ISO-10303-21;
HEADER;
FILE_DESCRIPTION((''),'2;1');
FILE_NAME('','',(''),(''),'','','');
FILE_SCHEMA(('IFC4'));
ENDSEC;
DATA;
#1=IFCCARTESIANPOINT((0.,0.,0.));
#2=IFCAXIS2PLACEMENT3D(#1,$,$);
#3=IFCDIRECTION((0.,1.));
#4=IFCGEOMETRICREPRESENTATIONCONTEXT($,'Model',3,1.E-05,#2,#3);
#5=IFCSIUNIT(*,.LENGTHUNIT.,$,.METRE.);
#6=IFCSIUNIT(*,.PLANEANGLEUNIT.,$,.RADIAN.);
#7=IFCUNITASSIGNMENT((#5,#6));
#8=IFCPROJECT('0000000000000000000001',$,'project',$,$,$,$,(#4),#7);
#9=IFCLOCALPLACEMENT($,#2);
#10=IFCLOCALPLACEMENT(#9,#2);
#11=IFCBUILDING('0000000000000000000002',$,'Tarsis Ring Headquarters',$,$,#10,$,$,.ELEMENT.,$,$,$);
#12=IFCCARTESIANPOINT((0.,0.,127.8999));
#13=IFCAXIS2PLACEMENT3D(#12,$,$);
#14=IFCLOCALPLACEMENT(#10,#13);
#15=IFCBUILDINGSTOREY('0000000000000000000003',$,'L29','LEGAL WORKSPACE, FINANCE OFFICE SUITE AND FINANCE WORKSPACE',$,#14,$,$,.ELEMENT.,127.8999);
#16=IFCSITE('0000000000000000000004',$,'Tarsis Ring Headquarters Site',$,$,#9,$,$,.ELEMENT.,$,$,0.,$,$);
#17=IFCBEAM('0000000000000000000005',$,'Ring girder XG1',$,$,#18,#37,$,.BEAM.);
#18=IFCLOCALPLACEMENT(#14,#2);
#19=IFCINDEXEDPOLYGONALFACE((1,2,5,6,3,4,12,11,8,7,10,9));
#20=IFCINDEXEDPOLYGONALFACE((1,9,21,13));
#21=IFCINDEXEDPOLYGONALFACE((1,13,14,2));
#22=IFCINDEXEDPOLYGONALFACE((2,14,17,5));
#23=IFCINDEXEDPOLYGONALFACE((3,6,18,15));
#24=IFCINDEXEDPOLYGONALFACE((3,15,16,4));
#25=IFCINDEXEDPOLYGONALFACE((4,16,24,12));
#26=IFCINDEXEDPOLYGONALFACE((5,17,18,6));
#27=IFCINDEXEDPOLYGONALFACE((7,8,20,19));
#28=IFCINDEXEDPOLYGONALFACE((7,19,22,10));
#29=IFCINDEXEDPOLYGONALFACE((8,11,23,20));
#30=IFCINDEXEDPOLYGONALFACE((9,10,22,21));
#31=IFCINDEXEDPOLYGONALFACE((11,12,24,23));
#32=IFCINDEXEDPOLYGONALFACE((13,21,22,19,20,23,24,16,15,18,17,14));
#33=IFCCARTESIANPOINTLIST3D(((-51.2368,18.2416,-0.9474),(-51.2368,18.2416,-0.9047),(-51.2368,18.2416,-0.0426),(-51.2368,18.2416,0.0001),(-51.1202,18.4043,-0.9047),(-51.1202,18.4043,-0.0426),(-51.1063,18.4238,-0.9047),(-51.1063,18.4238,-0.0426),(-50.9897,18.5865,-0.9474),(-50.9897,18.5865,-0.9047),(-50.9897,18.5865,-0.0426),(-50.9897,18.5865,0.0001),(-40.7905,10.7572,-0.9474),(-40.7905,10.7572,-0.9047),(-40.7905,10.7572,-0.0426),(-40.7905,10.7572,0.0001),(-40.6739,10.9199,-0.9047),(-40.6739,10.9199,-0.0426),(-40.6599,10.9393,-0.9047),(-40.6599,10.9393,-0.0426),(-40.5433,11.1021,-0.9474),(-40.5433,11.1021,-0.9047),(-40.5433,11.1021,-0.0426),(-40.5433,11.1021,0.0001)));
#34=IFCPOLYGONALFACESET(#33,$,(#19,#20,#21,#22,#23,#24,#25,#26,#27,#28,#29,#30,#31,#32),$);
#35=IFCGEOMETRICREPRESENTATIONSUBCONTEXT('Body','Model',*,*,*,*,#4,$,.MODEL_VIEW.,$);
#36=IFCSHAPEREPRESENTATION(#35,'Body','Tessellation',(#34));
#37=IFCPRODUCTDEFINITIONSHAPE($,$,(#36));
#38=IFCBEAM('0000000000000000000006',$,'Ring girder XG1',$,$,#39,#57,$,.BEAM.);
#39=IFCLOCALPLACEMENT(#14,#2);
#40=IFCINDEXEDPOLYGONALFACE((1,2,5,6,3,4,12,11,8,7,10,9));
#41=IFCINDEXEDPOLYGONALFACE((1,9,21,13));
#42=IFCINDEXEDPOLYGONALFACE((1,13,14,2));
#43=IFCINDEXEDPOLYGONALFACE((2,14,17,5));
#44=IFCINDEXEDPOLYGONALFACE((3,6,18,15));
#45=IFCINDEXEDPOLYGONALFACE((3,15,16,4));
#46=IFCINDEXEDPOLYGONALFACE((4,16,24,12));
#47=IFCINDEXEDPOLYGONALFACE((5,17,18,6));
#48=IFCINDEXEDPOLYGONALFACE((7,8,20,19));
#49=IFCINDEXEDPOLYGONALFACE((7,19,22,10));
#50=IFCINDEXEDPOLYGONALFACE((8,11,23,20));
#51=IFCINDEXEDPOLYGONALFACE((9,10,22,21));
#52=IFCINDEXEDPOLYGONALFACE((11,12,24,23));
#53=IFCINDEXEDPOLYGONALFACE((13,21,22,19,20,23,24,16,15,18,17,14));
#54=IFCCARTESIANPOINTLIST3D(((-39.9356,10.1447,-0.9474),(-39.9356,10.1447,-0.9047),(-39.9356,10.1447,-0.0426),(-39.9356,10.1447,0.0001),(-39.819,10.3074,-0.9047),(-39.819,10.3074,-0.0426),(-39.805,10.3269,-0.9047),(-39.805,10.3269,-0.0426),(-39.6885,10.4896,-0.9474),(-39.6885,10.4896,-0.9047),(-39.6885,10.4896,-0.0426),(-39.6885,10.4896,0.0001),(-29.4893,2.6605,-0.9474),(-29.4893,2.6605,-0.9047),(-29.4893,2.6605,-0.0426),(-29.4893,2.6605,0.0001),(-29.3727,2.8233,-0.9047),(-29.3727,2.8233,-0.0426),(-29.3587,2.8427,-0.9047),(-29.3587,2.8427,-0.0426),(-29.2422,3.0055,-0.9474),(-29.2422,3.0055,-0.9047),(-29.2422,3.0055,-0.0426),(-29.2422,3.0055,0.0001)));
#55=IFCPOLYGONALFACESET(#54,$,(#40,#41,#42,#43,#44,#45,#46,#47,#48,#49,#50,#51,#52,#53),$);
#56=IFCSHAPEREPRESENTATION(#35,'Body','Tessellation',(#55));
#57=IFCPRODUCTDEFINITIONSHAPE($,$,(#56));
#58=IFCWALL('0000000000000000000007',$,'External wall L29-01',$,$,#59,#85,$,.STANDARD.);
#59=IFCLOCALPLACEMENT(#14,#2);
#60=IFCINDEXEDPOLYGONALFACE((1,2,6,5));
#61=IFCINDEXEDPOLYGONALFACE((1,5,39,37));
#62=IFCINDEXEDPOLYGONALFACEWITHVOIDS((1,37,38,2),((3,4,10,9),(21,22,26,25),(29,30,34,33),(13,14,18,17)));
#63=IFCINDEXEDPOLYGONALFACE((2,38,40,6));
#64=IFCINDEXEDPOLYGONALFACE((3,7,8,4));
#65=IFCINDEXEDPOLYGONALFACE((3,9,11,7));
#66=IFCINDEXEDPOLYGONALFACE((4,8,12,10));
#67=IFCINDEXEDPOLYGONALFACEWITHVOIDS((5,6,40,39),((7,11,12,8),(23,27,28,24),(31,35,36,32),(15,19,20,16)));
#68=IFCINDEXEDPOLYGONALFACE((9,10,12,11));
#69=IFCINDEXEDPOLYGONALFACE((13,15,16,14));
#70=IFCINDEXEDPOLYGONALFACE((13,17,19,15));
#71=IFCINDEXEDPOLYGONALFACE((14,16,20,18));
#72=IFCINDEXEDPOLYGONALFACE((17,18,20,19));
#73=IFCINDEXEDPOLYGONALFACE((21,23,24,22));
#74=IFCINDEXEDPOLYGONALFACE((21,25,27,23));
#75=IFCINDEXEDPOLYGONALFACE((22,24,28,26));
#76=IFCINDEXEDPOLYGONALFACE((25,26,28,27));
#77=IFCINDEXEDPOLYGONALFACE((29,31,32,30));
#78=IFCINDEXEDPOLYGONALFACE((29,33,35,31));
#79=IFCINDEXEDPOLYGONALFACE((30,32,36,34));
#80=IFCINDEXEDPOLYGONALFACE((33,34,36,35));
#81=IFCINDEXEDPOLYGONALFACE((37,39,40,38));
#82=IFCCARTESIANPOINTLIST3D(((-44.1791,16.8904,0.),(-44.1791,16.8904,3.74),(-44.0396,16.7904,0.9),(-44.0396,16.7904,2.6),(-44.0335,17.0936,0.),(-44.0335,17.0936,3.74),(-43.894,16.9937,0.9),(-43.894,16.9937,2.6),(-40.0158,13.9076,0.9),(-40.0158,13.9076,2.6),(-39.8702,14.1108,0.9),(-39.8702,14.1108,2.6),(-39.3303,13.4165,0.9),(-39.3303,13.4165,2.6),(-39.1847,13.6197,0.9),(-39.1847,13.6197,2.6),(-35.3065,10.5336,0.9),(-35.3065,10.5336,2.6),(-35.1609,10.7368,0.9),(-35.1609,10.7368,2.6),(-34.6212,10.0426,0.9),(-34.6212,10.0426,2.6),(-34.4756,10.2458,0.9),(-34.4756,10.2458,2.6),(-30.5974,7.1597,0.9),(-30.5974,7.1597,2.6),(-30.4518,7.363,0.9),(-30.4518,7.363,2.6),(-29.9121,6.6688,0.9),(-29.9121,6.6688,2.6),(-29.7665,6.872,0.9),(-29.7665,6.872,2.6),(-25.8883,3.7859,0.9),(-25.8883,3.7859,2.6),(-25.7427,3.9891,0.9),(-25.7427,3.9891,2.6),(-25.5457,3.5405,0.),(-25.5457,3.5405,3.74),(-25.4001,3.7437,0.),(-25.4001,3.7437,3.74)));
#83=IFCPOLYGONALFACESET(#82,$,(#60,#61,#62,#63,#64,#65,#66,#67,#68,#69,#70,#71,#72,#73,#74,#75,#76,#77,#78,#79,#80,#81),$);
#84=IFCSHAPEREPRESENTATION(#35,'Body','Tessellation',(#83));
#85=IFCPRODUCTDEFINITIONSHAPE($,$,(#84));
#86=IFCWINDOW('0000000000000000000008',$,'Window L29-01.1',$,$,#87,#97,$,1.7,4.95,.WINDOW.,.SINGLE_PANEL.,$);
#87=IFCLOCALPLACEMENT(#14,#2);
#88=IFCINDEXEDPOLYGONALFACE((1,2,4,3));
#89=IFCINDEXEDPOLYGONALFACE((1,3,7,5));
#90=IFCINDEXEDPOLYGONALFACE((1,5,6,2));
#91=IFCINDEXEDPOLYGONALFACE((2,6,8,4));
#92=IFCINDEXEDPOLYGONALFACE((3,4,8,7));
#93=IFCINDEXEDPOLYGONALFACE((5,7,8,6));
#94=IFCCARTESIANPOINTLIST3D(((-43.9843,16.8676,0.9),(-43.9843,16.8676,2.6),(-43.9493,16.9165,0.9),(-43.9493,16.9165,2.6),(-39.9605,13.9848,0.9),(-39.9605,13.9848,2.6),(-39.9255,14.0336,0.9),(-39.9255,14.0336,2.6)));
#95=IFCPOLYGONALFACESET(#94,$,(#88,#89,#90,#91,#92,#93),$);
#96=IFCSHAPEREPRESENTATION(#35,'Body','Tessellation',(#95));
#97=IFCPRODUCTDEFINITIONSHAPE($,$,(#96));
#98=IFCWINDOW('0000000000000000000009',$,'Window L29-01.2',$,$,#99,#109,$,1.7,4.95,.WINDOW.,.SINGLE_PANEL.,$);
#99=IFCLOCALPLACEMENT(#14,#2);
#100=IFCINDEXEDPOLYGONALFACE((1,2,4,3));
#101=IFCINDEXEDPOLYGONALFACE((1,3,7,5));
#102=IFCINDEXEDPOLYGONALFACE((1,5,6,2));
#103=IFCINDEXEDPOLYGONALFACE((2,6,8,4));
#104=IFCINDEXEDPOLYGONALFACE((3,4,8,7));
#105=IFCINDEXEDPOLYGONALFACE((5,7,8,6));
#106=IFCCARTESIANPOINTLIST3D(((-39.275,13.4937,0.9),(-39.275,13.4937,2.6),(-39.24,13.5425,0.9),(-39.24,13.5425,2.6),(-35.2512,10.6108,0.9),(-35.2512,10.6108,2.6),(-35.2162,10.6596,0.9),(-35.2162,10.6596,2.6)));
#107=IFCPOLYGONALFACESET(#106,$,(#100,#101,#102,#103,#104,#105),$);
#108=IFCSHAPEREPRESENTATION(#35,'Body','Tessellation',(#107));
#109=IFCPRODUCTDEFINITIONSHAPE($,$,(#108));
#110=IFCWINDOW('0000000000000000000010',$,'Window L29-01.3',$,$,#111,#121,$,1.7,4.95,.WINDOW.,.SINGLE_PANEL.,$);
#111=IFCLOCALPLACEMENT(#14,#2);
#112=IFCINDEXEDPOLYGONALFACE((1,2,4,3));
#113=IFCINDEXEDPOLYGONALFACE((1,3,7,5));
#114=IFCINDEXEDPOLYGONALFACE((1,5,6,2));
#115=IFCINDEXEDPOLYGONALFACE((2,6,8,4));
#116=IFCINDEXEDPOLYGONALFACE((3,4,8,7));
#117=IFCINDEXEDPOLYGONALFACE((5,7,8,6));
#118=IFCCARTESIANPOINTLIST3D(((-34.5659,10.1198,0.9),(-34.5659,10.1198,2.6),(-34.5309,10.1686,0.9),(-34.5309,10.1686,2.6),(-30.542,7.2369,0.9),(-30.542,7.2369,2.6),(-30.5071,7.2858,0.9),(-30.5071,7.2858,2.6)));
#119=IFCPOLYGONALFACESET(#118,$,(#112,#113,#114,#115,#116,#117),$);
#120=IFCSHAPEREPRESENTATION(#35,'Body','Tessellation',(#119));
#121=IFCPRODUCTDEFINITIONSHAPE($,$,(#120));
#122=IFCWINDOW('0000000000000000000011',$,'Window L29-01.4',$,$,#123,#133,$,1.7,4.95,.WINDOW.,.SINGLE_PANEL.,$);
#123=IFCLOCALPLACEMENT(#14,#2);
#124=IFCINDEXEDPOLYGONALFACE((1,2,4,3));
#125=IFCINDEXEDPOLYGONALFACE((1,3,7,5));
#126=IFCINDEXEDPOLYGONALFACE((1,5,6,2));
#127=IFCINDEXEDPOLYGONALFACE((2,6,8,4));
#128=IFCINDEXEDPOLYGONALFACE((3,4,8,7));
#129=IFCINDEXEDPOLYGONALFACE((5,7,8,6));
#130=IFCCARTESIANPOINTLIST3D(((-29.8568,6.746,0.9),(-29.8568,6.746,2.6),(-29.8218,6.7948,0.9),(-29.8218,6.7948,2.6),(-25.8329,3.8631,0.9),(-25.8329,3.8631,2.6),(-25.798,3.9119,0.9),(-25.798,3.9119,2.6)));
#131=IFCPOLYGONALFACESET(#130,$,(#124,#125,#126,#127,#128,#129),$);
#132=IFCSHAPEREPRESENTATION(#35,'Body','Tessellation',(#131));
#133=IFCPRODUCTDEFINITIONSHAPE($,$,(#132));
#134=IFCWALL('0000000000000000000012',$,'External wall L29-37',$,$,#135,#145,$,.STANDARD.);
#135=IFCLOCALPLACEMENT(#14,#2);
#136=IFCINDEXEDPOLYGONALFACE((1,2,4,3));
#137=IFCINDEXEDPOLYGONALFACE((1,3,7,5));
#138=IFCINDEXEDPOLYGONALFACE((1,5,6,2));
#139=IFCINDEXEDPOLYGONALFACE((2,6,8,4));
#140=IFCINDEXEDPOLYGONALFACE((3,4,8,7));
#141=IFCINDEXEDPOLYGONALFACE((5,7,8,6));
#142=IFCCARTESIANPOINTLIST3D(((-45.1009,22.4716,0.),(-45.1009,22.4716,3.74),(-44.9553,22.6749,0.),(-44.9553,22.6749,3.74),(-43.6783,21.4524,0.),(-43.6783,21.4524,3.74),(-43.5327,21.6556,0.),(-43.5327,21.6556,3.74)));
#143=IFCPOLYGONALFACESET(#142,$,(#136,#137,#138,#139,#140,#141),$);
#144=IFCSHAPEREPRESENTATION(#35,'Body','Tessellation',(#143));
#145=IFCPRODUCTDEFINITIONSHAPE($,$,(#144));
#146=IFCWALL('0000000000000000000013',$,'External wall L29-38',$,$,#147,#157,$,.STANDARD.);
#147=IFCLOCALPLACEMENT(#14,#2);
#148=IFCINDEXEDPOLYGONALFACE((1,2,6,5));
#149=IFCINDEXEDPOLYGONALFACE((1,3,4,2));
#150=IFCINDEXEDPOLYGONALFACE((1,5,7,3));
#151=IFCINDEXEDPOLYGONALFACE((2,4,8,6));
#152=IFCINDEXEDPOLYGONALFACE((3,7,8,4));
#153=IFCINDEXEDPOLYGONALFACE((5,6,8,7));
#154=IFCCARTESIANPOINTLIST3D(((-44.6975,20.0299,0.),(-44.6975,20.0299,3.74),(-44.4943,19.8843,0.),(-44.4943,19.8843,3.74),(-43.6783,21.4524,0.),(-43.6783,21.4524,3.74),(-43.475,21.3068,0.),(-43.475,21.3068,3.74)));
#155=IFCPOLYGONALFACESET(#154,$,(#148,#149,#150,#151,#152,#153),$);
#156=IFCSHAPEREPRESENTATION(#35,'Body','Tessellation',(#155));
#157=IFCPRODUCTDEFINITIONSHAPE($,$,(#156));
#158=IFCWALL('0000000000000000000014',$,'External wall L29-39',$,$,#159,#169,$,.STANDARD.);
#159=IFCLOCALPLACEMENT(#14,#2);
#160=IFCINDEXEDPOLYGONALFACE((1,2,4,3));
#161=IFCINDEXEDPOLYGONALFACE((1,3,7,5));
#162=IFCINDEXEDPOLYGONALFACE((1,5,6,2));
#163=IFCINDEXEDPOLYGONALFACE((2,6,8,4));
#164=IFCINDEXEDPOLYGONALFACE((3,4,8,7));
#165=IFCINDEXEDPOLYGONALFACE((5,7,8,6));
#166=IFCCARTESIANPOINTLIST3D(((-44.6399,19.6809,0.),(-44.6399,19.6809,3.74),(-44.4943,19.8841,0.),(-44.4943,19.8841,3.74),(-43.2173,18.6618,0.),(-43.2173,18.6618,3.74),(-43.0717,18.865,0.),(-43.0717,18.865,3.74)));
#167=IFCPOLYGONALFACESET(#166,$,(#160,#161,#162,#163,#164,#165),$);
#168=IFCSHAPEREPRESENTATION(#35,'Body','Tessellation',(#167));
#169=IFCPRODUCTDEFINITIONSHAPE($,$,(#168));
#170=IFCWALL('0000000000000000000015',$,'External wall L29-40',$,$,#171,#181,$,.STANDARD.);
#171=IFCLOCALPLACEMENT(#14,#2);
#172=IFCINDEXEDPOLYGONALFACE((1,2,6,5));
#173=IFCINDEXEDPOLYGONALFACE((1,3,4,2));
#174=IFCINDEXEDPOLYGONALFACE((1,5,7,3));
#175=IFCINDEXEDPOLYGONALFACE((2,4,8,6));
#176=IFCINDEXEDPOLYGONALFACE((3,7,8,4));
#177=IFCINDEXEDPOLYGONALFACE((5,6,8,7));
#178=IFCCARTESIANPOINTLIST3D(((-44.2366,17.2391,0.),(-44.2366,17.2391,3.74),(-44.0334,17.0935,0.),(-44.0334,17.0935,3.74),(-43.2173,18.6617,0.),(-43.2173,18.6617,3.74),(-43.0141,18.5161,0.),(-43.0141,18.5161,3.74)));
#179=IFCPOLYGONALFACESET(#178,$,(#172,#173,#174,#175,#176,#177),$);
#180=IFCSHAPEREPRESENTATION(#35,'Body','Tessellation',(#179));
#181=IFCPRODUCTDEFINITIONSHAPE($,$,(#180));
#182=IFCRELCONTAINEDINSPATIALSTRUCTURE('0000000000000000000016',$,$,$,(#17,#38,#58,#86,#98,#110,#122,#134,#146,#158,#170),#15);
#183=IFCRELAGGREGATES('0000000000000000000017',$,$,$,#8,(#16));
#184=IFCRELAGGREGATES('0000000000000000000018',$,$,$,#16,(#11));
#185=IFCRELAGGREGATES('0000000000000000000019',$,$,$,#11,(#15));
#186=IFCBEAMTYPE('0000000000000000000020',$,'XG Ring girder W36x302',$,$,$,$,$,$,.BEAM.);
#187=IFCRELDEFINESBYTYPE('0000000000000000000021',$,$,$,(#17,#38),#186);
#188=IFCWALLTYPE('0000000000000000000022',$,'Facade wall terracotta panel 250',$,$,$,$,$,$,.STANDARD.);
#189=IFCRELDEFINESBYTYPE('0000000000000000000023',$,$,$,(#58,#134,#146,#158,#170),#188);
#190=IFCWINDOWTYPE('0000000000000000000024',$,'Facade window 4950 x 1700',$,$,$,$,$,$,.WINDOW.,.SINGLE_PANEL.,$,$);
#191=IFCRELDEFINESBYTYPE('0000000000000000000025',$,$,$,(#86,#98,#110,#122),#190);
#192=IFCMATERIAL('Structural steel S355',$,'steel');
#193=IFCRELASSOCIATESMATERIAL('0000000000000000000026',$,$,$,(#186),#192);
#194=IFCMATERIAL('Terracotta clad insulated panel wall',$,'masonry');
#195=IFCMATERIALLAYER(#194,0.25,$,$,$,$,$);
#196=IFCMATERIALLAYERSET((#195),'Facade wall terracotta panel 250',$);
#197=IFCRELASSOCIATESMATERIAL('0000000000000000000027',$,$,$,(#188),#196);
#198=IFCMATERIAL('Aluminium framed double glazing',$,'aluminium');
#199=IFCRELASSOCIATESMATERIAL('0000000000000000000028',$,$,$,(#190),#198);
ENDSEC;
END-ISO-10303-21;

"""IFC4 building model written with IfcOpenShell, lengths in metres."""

from ifc_helpers import new_model, si_unit, direction, frame, frame_2d, origin, origin_2d, place, context, subcontext, project, spatial, rectangle, i_section, extrude, material, layer, layer_set, material_profile, profile_set, type_object, element, fill, save


model = new_model("IFC4")

# Units and contexts
model_context = context("Model", 3, precision=1e-05, world=origin(), true_north=direction((0.0, 1.0)))
body_context = subcontext(model_context, "Body", "Model", "MODEL_VIEW")
ifc_project = project(units=[si_unit("LENGTHUNIT", "METRE"), si_unit("PLANEANGLEUNIT", "RADIAN")], contexts=[model_context])

# Site, building, storey
site_placement = place(None, origin())
site = spatial("IfcSite", under=ifc_project, at=site_placement, Name="Tarsis Ring Headquarters Site", CompositionType="ELEMENT", RefElevation=0.0)
building_placement = place(site_placement, origin())
building = spatial("IfcBuilding", under=site, at=building_placement, Name="Tarsis Ring Headquarters", CompositionType="ELEMENT")
storey_placement = place(building_placement, frame((0.0, 0.0, 127.8999)))
storey = spatial("IfcBuildingStorey", under=building, at=storey_placement, Name="L29", Description="LEGAL WORKSPACE, FINANCE OFFICE SUITE AND FINANCE WORKSPACE", CompositionType="ELEMENT", Elevation=127.8999)

# Shared definitions
ifc_material_1 = material(Name="Structural steel S355", Category="steel")

# Beams
ifc_material_profile_1 = material_profile(ifc_material_1, i_section(OverallWidth=0.4243, OverallDepth=0.9475, WebThickness=0.0239, FlangeThickness=0.0427, at=origin_2d()), Name="W36x302")
ifc_profile_set_1 = profile_set([ifc_material_profile_1], Name="Structural steel S355")
beam_type = type_object("IfcBeamType", Name="XG Ring girder W36x302", PredefinedType="BEAM", material=ifc_profile_set_1)
beam_1_placement = place(storey_placement, frame((-51.1133, 18.4141, -0.4736), z_axis=(0.812896, -0.582409, 0.0), x_axis=(0.582409, 0.812896, 0.0)))
element("IfcBeam", 1, at=beam_1_placement, inside=storey, type_object=beam_type, Name="Ring girder XG1", PredefinedType="BEAM", context=body_context, shape_type="SweptSolid", body=[
    extrude(i_section(OverallWidth=0.4243, OverallDepth=0.9475, WebThickness=0.0239, FlangeThickness=0.0427, at=origin_2d()), origin(), (0.0, 0.0, 1.0), 12.8508),
])
beam_2_placement = place(storey_placement, frame((-39.812, 10.3171, -0.4736), z_axis=(0.812905, -0.582397, 0.0), x_axis=(0.582397, 0.812905, 0.0)))
element("IfcBeam", 2, at=beam_2_placement, inside=storey, type_object=beam_type, Name="Ring girder XG1", PredefinedType="BEAM", context=body_context, shape_type="SweptSolid", body=[
    extrude(i_section(OverallWidth=0.4243, OverallDepth=0.9475, WebThickness=0.0239, FlangeThickness=0.0427, at=origin_2d()), origin(), (0.0, 0.0, 1.0), 12.8506),
])

# Wall, openings, windows
ifc_material_2 = material(Name="Terracotta clad insulated panel wall", Category="masonry")
ifc_layer = layer(ifc_material_2, 0.25)
ifc_layer_set = layer_set([ifc_layer], Name="Facade wall terracotta panel 250")
wall_type = type_object("IfcWallType", Name="Facade wall terracotta panel 250", PredefinedType="STANDARD", material=ifc_layer_set)
wall_placement = place(storey_placement, frame((-44.1062, 16.9919, 0.0), z_axis=(0.0, 0.0, 1.0), x_axis=(0.8129, -0.582403, 0.0)))
wall = element("IfcWall", 3, at=wall_placement, inside=storey, type_object=wall_type, Name="External wall L29-01", PredefinedType="STANDARD", context=body_context, shape_type="SweptSolid", body=[
    extrude(rectangle(XDim=22.9221, YDim=0.25, at=frame_2d((11.4609, 0.0))), origin(), (0.0, 0.0, 1.0), 3.74),
])
opening_1_placement = place(wall_placement, frame((0.1714, 0.0, 0.8999)))
opening_1 = element("IfcOpeningElement", 4, at=opening_1_placement, cuts=wall, PredefinedType="OPENING", context=body_context, shape_type="SweptSolid", body=[
    extrude(rectangle(XDim=4.95, YDim=1.7, at=frame_2d((2.4751, 0.8501))), frame((0.0, 0.135, 0.0), z_axis=(0.0, -1.0, 0.0), x_axis=(1.0, 0.0, 0.0)), (0.0, 0.0, 1.0), 0.27),
])
opening_2_placement = place(wall_placement, frame((5.9646, 0.0, 0.8999)))
opening_2 = element("IfcOpeningElement", 5, at=opening_2_placement, cuts=wall, PredefinedType="OPENING", context=body_context, shape_type="SweptSolid", body=[
    extrude(rectangle(XDim=4.95, YDim=1.7, at=frame_2d((2.4751, 0.8501))), frame((0.0, 0.135, 0.0), z_axis=(0.0, -1.0, 0.0), x_axis=(1.0, 0.0, 0.0)), (0.0, 0.0, 1.0), 0.27),
])
opening_3_placement = place(wall_placement, frame((11.7576, 0.0, 0.8999)))
opening_3 = element("IfcOpeningElement", 6, at=opening_3_placement, cuts=wall, PredefinedType="OPENING", context=body_context, shape_type="SweptSolid", body=[
    extrude(rectangle(XDim=4.95, YDim=1.7, at=frame_2d((2.4751, 0.8501))), frame((0.0, 0.135, 0.0), z_axis=(0.0, -1.0, 0.0), x_axis=(1.0, 0.0, 0.0)), (0.0, 0.0, 1.0), 0.27),
])
opening_4_placement = place(wall_placement, frame((17.5505, 0.0, 0.8999)))
opening_4 = element("IfcOpeningElement", 7, at=opening_4_placement, cuts=wall, PredefinedType="OPENING", context=body_context, shape_type="SweptSolid", body=[
    extrude(rectangle(XDim=4.95, YDim=1.7, at=frame_2d((2.4751, 0.8501))), frame((0.0, 0.135, 0.0), z_axis=(0.0, -1.0, 0.0), x_axis=(1.0, 0.0, 0.0)), (0.0, 0.0, 1.0), 0.27),
])
ifc_material_3 = material(Name="Aluminium framed double glazing", Category="aluminium")
window_type = type_object("IfcWindowType", Name="Facade window 4950 x 1700", PartitioningType="SINGLE_PANEL", PredefinedType="WINDOW", material=ifc_material_3)
window_1_placement = place(opening_1_placement, origin())
window_1 = element("IfcWindow", 8, at=window_1_placement, inside=storey, type_object=window_type, Name="Window L29-01.1", OverallHeight=1.7, OverallWidth=4.95, PartitioningType="SINGLE_PANEL", PredefinedType="WINDOW", context=body_context, shape_type="SweptSolid", body=[
    extrude(rectangle(XDim=4.95, YDim=1.7, at=frame_2d((2.4751, 0.8501))), frame((0.0, 0.03, 0.0), z_axis=(0.0, -1.0, 0.0), x_axis=(1.0, 0.0, 0.0)), (0.0, 0.0, 1.0), 0.0601),
])
fill(opening_1, window_1)
window_2_placement = place(opening_2_placement, origin())
window_2 = element("IfcWindow", 9, at=window_2_placement, inside=storey, type_object=window_type, Name="Window L29-01.2", OverallHeight=1.7, OverallWidth=4.95, PartitioningType="SINGLE_PANEL", PredefinedType="WINDOW", context=body_context, shape_type="SweptSolid", body=[
    extrude(rectangle(XDim=4.95, YDim=1.7, at=frame_2d((2.4751, 0.8501))), frame((0.0, 0.03, 0.0), z_axis=(0.0, -1.0, 0.0), x_axis=(1.0, 0.0, 0.0)), (0.0, 0.0, 1.0), 0.0601),
])
fill(opening_2, window_2)
window_3_placement = place(opening_3_placement, origin())
window_3 = element("IfcWindow", 10, at=window_3_placement, inside=storey, type_object=window_type, Name="Window L29-01.3", OverallHeight=1.7, OverallWidth=4.95, PartitioningType="SINGLE_PANEL", PredefinedType="WINDOW", context=body_context, shape_type="SweptSolid", body=[
    extrude(rectangle(XDim=4.95, YDim=1.7, at=frame_2d((2.4751, 0.8501))), frame((0.0, 0.03, 0.0), z_axis=(0.0, -1.0, 0.0), x_axis=(1.0, 0.0, 0.0)), (0.0, 0.0, 1.0), 0.0601),
])
fill(opening_3, window_3)
window_4_placement = place(opening_4_placement, origin())
window_4 = element("IfcWindow", 11, at=window_4_placement, inside=storey, type_object=window_type, Name="Window L29-01.4", OverallHeight=1.7, OverallWidth=4.95, PartitioningType="SINGLE_PANEL", PredefinedType="WINDOW", context=body_context, shape_type="SweptSolid", body=[
    extrude(rectangle(XDim=4.95, YDim=1.7, at=frame_2d((2.4751, 0.8501))), frame((0.0, 0.03, 0.0), z_axis=(0.0, -1.0, 0.0), x_axis=(1.0, 0.0, 0.0)), (0.0, 0.0, 1.0), 0.0601),
])
fill(opening_4, window_4)

# Walls
for number, where, z_axis, x_axis, name in (
    (12, (-45.0281, 22.5732, 0.0), (0.0, 0.0, 1.0), (0.812884, -0.582425, 0.0), "External wall L29-37"),
    (13, (-43.5767, 21.3796, 0.0), (0.0, 0.0, 1.0), (-0.582425, -0.812884, 0.0), "External wall L29-38"),
    (14, (-44.5671, 19.7825, 0.0), (0.0, 0.0, 1.0), (0.81295, -0.582333, 0.0), "External wall L29-39"),
    (15, (-43.1157, 18.5889, 0.0), (0.0, 0.0, 1.0), (-0.582425, -0.812884, 0.0), "External wall L29-40"),
):
    element("IfcWall", number, at=place(storey_placement, frame(where, z_axis=z_axis, x_axis=x_axis)), inside=storey, type_object=wall_type, Name=name, PredefinedType="STANDARD", context=body_context, shape_type="SweptSolid", body=[
        extrude(rectangle(XDim=1.75, YDim=0.25, at=frame_2d((0.875, 0.0))), origin(), (0.0, 0.0, 1.0), 3.74),
    ])

save(model, "model.ifc")
